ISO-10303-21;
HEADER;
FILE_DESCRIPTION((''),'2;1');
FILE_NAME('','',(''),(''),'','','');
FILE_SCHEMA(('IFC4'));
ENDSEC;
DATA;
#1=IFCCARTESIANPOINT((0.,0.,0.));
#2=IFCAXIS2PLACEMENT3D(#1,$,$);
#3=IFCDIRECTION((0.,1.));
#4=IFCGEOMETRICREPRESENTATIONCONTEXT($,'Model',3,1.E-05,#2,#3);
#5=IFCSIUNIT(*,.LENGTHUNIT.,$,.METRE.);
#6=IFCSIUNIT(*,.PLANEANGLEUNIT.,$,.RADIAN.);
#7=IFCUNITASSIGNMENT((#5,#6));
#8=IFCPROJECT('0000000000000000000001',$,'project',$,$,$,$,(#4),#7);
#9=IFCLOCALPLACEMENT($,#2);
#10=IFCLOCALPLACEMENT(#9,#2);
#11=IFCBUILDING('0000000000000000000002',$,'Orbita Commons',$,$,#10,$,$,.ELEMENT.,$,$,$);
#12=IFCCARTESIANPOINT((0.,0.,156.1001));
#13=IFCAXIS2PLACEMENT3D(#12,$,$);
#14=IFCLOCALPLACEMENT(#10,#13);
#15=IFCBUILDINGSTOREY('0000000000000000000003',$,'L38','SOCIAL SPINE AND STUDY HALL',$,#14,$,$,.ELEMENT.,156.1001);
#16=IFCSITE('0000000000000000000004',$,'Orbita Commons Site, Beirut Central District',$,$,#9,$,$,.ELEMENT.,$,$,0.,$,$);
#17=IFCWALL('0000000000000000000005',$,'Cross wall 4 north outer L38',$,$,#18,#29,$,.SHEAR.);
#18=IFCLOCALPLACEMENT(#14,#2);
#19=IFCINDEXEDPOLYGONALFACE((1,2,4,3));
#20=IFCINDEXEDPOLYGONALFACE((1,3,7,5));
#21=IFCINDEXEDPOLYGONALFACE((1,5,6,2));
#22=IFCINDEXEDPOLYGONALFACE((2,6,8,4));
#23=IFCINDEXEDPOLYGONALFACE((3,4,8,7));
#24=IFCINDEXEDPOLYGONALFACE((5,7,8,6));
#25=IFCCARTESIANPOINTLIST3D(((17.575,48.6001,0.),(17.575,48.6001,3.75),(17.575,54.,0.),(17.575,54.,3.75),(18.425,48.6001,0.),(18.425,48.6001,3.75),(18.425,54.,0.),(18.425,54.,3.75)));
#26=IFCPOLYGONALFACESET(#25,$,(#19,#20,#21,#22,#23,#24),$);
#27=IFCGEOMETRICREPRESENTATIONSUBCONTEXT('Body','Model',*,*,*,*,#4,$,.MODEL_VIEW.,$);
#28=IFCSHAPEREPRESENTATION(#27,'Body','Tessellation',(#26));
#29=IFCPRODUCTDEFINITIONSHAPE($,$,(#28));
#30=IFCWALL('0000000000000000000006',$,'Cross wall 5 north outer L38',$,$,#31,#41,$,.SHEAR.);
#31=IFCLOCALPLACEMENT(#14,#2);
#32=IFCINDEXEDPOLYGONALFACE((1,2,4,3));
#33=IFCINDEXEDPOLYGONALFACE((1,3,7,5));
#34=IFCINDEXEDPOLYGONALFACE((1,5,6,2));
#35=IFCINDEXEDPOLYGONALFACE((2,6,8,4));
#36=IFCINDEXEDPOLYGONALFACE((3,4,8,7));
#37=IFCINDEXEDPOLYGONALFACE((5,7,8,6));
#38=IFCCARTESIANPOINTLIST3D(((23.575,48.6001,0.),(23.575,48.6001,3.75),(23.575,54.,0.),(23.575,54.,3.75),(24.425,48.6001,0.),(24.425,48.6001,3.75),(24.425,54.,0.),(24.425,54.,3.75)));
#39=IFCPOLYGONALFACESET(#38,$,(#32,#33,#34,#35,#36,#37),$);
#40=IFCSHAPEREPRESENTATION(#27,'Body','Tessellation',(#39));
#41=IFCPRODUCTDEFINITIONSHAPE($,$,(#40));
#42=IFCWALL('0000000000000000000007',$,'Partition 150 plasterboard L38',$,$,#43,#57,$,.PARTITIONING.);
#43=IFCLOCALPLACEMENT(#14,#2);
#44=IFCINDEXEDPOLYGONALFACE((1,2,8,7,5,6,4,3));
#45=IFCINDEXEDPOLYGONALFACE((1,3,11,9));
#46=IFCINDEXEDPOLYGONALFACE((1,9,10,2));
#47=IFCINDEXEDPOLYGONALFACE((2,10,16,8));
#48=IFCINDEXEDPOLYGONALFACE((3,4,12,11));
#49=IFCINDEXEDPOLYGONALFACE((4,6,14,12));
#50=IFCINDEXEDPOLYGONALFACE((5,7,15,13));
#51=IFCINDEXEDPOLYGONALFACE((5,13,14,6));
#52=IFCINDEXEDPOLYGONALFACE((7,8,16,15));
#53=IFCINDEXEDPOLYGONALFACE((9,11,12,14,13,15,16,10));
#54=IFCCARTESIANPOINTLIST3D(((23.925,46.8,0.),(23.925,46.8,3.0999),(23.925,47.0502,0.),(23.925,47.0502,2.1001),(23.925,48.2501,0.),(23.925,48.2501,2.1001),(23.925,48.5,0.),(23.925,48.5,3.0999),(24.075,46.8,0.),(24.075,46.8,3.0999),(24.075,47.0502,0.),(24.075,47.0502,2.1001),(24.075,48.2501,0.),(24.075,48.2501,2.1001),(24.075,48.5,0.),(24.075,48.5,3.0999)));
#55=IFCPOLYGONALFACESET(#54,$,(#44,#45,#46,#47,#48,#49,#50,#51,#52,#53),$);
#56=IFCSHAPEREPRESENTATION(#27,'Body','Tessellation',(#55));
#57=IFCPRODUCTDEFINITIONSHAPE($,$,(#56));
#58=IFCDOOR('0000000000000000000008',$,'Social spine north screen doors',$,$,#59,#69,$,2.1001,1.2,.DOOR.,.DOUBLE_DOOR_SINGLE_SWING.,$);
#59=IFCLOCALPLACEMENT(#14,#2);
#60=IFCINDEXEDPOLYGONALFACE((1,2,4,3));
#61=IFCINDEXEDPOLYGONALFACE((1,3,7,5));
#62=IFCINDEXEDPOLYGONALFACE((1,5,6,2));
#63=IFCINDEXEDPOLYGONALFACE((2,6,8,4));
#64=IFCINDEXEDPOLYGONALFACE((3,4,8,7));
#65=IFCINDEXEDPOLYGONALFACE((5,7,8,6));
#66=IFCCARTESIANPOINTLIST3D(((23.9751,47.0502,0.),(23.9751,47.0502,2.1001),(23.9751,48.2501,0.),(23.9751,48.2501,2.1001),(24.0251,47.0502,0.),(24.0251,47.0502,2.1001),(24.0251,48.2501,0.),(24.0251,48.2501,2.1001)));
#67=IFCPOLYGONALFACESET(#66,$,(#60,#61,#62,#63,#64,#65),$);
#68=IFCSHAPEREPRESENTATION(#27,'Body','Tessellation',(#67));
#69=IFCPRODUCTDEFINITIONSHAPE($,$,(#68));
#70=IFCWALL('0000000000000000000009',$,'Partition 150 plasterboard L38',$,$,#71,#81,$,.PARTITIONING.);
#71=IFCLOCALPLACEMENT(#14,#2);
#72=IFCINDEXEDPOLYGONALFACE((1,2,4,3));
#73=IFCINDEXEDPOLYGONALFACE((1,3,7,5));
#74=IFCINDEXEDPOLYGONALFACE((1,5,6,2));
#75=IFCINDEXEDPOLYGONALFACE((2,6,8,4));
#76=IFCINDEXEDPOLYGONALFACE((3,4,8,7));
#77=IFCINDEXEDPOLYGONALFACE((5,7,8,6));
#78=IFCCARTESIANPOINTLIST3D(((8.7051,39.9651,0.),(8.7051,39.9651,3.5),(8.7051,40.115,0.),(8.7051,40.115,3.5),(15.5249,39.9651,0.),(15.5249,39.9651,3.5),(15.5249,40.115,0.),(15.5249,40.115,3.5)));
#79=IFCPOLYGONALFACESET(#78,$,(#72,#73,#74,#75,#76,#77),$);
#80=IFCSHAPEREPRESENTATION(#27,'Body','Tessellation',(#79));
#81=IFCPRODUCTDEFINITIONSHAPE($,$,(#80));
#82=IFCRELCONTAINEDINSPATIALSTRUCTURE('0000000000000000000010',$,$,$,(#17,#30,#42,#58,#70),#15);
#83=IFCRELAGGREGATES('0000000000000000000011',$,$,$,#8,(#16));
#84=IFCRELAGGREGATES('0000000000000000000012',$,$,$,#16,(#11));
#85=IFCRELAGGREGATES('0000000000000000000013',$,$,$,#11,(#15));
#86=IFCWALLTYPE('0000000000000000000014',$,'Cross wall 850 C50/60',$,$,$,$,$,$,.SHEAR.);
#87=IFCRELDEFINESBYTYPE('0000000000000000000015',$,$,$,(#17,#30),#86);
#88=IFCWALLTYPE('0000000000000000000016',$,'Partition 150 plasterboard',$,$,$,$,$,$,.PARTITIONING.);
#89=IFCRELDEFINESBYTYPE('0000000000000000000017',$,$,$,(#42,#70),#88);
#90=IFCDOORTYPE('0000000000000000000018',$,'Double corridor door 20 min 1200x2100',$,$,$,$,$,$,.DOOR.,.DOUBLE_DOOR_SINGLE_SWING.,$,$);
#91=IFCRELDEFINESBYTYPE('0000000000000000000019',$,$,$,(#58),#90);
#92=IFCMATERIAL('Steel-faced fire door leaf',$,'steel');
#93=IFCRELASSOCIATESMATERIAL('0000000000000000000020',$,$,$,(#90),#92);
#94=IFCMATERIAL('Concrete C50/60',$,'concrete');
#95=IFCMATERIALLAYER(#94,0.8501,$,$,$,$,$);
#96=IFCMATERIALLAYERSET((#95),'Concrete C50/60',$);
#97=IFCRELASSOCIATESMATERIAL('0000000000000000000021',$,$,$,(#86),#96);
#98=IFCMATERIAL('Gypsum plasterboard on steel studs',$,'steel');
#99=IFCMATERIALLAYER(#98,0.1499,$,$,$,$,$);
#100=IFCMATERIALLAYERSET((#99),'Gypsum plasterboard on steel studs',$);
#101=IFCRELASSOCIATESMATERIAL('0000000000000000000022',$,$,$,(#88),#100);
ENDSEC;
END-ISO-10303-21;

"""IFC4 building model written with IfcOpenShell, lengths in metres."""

from ifc_helpers import new_model, si_unit, direction, frame, frame_2d, origin, place, context, subcontext, project, spatial, polyline, rectangle, outline, extrude, material, layer, layer_set, type_object, element, fill, save


model = new_model("IFC4")

# Units and contexts
model_context = context("Model", 3, precision=1e-05, world=origin(), true_north=direction((0.0, 1.0)))
body_context = subcontext(model_context, "Body", "Model", "MODEL_VIEW")
ifc_project = project(units=[si_unit("LENGTHUNIT", "METRE"), si_unit("PLANEANGLEUNIT", "RADIAN")], contexts=[model_context])

# Site, building, storey
site_placement = place(None, origin())
site = spatial("IfcSite", under=ifc_project, at=site_placement, Name="Orbita Commons Site, Beirut Central District", CompositionType="ELEMENT", RefElevation=0.0)
building_placement = place(site_placement, origin())
building = spatial("IfcBuilding", under=site, at=building_placement, Name="Orbita Commons", CompositionType="ELEMENT")
storey_placement = place(building_placement, frame((0.0, 0.0, 156.1001)))
storey = spatial("IfcBuildingStorey", under=building, at=storey_placement, Name="L38", Description="SOCIAL SPINE AND STUDY HALL", CompositionType="ELEMENT", Elevation=156.1001)

# Shared definitions
ifc_material_1 = material(Name="Steel-faced fire door leaf", Category="steel")
door_type_1 = type_object("IfcDoorType", Name="Double corridor door 20 min 1200x2100", OperationType="DOUBLE_DOOR_SINGLE_SWING", PredefinedType="DOOR", material=ifc_material_1)

# Walls
ifc_material_2 = material(Name="Concrete C50/60", Category="concrete")
ifc_layer_1 = layer(ifc_material_2, 0.8501)
ifc_layer_set_1 = layer_set([ifc_layer_1], Name="Concrete C50/60")
wall_type_1 = type_object("IfcWallType", Name="Cross wall 850 C50/60", PredefinedType="SHEAR", material=ifc_layer_set_1)
for number, where, z_axis, x_axis, name in (
    (1, (18.0, 48.6001, 0.0), (0.0, 0.0, 1.0), (0.0, 1.0, 0.0), "Cross wall 4 north outer L38"),
    (2, (24.0, 48.6001, 0.0), (0.0, 0.0, 1.0), (0.0, 1.0, 0.0), "Cross wall 5 north outer L38"),
):
    element("IfcWall", number, at=place(storey_placement, frame(where, z_axis=z_axis, x_axis=x_axis)), inside=storey, type_object=wall_type_1, Name=name, PredefinedType="SHEAR", context=body_context, shape_type="SweptSolid", body=[
        extrude(rectangle(XDim=5.3999, YDim=0.8501, at=frame_2d((2.7, 0.0))), origin(), (0.0, 0.0, 1.0), 3.75),
    ])

# Wall, opening, door
ifc_material_3 = material(Name="Gypsum plasterboard on steel studs", Category="steel")
ifc_layer_2 = layer(ifc_material_3, 0.1499)
ifc_layer_set_2 = layer_set([ifc_layer_2], Name="Gypsum plasterboard on steel studs")
wall_type_2 = type_object("IfcWallType", Name="Partition 150 plasterboard", PredefinedType="PARTITIONING", material=ifc_layer_set_2)
wall_1_placement = place(storey_placement, frame((24.0, 46.8, 0.0), z_axis=(0.0, 0.0, 1.0), x_axis=(0.0, 1.0, 0.0)))
wall_1 = element("IfcWall", 3, at=wall_1_placement, inside=storey, type_object=wall_type_2, Name="Partition 150 plasterboard L38", PredefinedType="PARTITIONING", context=body_context, shape_type="SweptSolid", body=[
    extrude(outline(polyline([(0.0, 0.0), (1.7, 0.0), (1.7, 3.0999), (0.0, 3.0999), (0.0, 0.0)])), frame((0.0, 0.075, 0.0), z_axis=(0.0, -1.0, 0.0), x_axis=(1.0, 0.0, 0.0)), (0.0, 0.0, 1.0), 0.1499),
])
opening_1_placement = place(wall_1_placement, frame((0.25, 0.0, 0.0)))
opening_1 = element("IfcOpeningElement", 4, at=opening_1_placement, cuts=wall_1, PredefinedType="OPENING", context=body_context, shape_type="SweptSolid", body=[
    extrude(rectangle(XDim=1.2, YDim=2.1001, at=frame_2d((0.6001, 1.05))), frame((0.0, 0.085, 0.0), z_axis=(0.0, -1.0, 0.0), x_axis=(1.0, 0.0, 0.0)), (0.0, 0.0, 1.0), 0.1699),
])
door_1_placement = place(opening_1_placement, origin())
door_1 = element("IfcDoor", 5, at=door_1_placement, inside=storey, type_object=door_type_1, Name="Social spine north screen doors", OperationType="DOUBLE_DOOR_SINGLE_SWING", OverallHeight=2.1001, OverallWidth=1.2, PredefinedType="DOOR", context=body_context, shape_type="SweptSolid", body=[
    extrude(rectangle(XDim=1.2, YDim=2.1001, at=frame_2d((0.6001, 1.05))), frame((0.0, 0.0249, 0.0), z_axis=(0.0, -1.0, 0.0), x_axis=(1.0, 0.0, 0.0)), (0.0, 0.0, 1.0), 0.05),
])
fill(opening_1, door_1)

# Wall
wall_2_placement = place(storey_placement, frame((8.7051, 40.04, 0.0), z_axis=(0.0, 0.0, 1.0), x_axis=(1.0, 0.0, 0.0)))
element("IfcWall", 6, at=wall_2_placement, inside=storey, type_object=wall_type_2, Name="Partition 150 plasterboard L38", PredefinedType="PARTITIONING", context=body_context, shape_type="SweptSolid", body=[
    extrude(rectangle(XDim=6.8198, YDim=0.1499, at=frame_2d((3.4099, 0.0))), origin(), (0.0, 0.0, 1.0), 3.5),
])

save(model, "model.ifc")
